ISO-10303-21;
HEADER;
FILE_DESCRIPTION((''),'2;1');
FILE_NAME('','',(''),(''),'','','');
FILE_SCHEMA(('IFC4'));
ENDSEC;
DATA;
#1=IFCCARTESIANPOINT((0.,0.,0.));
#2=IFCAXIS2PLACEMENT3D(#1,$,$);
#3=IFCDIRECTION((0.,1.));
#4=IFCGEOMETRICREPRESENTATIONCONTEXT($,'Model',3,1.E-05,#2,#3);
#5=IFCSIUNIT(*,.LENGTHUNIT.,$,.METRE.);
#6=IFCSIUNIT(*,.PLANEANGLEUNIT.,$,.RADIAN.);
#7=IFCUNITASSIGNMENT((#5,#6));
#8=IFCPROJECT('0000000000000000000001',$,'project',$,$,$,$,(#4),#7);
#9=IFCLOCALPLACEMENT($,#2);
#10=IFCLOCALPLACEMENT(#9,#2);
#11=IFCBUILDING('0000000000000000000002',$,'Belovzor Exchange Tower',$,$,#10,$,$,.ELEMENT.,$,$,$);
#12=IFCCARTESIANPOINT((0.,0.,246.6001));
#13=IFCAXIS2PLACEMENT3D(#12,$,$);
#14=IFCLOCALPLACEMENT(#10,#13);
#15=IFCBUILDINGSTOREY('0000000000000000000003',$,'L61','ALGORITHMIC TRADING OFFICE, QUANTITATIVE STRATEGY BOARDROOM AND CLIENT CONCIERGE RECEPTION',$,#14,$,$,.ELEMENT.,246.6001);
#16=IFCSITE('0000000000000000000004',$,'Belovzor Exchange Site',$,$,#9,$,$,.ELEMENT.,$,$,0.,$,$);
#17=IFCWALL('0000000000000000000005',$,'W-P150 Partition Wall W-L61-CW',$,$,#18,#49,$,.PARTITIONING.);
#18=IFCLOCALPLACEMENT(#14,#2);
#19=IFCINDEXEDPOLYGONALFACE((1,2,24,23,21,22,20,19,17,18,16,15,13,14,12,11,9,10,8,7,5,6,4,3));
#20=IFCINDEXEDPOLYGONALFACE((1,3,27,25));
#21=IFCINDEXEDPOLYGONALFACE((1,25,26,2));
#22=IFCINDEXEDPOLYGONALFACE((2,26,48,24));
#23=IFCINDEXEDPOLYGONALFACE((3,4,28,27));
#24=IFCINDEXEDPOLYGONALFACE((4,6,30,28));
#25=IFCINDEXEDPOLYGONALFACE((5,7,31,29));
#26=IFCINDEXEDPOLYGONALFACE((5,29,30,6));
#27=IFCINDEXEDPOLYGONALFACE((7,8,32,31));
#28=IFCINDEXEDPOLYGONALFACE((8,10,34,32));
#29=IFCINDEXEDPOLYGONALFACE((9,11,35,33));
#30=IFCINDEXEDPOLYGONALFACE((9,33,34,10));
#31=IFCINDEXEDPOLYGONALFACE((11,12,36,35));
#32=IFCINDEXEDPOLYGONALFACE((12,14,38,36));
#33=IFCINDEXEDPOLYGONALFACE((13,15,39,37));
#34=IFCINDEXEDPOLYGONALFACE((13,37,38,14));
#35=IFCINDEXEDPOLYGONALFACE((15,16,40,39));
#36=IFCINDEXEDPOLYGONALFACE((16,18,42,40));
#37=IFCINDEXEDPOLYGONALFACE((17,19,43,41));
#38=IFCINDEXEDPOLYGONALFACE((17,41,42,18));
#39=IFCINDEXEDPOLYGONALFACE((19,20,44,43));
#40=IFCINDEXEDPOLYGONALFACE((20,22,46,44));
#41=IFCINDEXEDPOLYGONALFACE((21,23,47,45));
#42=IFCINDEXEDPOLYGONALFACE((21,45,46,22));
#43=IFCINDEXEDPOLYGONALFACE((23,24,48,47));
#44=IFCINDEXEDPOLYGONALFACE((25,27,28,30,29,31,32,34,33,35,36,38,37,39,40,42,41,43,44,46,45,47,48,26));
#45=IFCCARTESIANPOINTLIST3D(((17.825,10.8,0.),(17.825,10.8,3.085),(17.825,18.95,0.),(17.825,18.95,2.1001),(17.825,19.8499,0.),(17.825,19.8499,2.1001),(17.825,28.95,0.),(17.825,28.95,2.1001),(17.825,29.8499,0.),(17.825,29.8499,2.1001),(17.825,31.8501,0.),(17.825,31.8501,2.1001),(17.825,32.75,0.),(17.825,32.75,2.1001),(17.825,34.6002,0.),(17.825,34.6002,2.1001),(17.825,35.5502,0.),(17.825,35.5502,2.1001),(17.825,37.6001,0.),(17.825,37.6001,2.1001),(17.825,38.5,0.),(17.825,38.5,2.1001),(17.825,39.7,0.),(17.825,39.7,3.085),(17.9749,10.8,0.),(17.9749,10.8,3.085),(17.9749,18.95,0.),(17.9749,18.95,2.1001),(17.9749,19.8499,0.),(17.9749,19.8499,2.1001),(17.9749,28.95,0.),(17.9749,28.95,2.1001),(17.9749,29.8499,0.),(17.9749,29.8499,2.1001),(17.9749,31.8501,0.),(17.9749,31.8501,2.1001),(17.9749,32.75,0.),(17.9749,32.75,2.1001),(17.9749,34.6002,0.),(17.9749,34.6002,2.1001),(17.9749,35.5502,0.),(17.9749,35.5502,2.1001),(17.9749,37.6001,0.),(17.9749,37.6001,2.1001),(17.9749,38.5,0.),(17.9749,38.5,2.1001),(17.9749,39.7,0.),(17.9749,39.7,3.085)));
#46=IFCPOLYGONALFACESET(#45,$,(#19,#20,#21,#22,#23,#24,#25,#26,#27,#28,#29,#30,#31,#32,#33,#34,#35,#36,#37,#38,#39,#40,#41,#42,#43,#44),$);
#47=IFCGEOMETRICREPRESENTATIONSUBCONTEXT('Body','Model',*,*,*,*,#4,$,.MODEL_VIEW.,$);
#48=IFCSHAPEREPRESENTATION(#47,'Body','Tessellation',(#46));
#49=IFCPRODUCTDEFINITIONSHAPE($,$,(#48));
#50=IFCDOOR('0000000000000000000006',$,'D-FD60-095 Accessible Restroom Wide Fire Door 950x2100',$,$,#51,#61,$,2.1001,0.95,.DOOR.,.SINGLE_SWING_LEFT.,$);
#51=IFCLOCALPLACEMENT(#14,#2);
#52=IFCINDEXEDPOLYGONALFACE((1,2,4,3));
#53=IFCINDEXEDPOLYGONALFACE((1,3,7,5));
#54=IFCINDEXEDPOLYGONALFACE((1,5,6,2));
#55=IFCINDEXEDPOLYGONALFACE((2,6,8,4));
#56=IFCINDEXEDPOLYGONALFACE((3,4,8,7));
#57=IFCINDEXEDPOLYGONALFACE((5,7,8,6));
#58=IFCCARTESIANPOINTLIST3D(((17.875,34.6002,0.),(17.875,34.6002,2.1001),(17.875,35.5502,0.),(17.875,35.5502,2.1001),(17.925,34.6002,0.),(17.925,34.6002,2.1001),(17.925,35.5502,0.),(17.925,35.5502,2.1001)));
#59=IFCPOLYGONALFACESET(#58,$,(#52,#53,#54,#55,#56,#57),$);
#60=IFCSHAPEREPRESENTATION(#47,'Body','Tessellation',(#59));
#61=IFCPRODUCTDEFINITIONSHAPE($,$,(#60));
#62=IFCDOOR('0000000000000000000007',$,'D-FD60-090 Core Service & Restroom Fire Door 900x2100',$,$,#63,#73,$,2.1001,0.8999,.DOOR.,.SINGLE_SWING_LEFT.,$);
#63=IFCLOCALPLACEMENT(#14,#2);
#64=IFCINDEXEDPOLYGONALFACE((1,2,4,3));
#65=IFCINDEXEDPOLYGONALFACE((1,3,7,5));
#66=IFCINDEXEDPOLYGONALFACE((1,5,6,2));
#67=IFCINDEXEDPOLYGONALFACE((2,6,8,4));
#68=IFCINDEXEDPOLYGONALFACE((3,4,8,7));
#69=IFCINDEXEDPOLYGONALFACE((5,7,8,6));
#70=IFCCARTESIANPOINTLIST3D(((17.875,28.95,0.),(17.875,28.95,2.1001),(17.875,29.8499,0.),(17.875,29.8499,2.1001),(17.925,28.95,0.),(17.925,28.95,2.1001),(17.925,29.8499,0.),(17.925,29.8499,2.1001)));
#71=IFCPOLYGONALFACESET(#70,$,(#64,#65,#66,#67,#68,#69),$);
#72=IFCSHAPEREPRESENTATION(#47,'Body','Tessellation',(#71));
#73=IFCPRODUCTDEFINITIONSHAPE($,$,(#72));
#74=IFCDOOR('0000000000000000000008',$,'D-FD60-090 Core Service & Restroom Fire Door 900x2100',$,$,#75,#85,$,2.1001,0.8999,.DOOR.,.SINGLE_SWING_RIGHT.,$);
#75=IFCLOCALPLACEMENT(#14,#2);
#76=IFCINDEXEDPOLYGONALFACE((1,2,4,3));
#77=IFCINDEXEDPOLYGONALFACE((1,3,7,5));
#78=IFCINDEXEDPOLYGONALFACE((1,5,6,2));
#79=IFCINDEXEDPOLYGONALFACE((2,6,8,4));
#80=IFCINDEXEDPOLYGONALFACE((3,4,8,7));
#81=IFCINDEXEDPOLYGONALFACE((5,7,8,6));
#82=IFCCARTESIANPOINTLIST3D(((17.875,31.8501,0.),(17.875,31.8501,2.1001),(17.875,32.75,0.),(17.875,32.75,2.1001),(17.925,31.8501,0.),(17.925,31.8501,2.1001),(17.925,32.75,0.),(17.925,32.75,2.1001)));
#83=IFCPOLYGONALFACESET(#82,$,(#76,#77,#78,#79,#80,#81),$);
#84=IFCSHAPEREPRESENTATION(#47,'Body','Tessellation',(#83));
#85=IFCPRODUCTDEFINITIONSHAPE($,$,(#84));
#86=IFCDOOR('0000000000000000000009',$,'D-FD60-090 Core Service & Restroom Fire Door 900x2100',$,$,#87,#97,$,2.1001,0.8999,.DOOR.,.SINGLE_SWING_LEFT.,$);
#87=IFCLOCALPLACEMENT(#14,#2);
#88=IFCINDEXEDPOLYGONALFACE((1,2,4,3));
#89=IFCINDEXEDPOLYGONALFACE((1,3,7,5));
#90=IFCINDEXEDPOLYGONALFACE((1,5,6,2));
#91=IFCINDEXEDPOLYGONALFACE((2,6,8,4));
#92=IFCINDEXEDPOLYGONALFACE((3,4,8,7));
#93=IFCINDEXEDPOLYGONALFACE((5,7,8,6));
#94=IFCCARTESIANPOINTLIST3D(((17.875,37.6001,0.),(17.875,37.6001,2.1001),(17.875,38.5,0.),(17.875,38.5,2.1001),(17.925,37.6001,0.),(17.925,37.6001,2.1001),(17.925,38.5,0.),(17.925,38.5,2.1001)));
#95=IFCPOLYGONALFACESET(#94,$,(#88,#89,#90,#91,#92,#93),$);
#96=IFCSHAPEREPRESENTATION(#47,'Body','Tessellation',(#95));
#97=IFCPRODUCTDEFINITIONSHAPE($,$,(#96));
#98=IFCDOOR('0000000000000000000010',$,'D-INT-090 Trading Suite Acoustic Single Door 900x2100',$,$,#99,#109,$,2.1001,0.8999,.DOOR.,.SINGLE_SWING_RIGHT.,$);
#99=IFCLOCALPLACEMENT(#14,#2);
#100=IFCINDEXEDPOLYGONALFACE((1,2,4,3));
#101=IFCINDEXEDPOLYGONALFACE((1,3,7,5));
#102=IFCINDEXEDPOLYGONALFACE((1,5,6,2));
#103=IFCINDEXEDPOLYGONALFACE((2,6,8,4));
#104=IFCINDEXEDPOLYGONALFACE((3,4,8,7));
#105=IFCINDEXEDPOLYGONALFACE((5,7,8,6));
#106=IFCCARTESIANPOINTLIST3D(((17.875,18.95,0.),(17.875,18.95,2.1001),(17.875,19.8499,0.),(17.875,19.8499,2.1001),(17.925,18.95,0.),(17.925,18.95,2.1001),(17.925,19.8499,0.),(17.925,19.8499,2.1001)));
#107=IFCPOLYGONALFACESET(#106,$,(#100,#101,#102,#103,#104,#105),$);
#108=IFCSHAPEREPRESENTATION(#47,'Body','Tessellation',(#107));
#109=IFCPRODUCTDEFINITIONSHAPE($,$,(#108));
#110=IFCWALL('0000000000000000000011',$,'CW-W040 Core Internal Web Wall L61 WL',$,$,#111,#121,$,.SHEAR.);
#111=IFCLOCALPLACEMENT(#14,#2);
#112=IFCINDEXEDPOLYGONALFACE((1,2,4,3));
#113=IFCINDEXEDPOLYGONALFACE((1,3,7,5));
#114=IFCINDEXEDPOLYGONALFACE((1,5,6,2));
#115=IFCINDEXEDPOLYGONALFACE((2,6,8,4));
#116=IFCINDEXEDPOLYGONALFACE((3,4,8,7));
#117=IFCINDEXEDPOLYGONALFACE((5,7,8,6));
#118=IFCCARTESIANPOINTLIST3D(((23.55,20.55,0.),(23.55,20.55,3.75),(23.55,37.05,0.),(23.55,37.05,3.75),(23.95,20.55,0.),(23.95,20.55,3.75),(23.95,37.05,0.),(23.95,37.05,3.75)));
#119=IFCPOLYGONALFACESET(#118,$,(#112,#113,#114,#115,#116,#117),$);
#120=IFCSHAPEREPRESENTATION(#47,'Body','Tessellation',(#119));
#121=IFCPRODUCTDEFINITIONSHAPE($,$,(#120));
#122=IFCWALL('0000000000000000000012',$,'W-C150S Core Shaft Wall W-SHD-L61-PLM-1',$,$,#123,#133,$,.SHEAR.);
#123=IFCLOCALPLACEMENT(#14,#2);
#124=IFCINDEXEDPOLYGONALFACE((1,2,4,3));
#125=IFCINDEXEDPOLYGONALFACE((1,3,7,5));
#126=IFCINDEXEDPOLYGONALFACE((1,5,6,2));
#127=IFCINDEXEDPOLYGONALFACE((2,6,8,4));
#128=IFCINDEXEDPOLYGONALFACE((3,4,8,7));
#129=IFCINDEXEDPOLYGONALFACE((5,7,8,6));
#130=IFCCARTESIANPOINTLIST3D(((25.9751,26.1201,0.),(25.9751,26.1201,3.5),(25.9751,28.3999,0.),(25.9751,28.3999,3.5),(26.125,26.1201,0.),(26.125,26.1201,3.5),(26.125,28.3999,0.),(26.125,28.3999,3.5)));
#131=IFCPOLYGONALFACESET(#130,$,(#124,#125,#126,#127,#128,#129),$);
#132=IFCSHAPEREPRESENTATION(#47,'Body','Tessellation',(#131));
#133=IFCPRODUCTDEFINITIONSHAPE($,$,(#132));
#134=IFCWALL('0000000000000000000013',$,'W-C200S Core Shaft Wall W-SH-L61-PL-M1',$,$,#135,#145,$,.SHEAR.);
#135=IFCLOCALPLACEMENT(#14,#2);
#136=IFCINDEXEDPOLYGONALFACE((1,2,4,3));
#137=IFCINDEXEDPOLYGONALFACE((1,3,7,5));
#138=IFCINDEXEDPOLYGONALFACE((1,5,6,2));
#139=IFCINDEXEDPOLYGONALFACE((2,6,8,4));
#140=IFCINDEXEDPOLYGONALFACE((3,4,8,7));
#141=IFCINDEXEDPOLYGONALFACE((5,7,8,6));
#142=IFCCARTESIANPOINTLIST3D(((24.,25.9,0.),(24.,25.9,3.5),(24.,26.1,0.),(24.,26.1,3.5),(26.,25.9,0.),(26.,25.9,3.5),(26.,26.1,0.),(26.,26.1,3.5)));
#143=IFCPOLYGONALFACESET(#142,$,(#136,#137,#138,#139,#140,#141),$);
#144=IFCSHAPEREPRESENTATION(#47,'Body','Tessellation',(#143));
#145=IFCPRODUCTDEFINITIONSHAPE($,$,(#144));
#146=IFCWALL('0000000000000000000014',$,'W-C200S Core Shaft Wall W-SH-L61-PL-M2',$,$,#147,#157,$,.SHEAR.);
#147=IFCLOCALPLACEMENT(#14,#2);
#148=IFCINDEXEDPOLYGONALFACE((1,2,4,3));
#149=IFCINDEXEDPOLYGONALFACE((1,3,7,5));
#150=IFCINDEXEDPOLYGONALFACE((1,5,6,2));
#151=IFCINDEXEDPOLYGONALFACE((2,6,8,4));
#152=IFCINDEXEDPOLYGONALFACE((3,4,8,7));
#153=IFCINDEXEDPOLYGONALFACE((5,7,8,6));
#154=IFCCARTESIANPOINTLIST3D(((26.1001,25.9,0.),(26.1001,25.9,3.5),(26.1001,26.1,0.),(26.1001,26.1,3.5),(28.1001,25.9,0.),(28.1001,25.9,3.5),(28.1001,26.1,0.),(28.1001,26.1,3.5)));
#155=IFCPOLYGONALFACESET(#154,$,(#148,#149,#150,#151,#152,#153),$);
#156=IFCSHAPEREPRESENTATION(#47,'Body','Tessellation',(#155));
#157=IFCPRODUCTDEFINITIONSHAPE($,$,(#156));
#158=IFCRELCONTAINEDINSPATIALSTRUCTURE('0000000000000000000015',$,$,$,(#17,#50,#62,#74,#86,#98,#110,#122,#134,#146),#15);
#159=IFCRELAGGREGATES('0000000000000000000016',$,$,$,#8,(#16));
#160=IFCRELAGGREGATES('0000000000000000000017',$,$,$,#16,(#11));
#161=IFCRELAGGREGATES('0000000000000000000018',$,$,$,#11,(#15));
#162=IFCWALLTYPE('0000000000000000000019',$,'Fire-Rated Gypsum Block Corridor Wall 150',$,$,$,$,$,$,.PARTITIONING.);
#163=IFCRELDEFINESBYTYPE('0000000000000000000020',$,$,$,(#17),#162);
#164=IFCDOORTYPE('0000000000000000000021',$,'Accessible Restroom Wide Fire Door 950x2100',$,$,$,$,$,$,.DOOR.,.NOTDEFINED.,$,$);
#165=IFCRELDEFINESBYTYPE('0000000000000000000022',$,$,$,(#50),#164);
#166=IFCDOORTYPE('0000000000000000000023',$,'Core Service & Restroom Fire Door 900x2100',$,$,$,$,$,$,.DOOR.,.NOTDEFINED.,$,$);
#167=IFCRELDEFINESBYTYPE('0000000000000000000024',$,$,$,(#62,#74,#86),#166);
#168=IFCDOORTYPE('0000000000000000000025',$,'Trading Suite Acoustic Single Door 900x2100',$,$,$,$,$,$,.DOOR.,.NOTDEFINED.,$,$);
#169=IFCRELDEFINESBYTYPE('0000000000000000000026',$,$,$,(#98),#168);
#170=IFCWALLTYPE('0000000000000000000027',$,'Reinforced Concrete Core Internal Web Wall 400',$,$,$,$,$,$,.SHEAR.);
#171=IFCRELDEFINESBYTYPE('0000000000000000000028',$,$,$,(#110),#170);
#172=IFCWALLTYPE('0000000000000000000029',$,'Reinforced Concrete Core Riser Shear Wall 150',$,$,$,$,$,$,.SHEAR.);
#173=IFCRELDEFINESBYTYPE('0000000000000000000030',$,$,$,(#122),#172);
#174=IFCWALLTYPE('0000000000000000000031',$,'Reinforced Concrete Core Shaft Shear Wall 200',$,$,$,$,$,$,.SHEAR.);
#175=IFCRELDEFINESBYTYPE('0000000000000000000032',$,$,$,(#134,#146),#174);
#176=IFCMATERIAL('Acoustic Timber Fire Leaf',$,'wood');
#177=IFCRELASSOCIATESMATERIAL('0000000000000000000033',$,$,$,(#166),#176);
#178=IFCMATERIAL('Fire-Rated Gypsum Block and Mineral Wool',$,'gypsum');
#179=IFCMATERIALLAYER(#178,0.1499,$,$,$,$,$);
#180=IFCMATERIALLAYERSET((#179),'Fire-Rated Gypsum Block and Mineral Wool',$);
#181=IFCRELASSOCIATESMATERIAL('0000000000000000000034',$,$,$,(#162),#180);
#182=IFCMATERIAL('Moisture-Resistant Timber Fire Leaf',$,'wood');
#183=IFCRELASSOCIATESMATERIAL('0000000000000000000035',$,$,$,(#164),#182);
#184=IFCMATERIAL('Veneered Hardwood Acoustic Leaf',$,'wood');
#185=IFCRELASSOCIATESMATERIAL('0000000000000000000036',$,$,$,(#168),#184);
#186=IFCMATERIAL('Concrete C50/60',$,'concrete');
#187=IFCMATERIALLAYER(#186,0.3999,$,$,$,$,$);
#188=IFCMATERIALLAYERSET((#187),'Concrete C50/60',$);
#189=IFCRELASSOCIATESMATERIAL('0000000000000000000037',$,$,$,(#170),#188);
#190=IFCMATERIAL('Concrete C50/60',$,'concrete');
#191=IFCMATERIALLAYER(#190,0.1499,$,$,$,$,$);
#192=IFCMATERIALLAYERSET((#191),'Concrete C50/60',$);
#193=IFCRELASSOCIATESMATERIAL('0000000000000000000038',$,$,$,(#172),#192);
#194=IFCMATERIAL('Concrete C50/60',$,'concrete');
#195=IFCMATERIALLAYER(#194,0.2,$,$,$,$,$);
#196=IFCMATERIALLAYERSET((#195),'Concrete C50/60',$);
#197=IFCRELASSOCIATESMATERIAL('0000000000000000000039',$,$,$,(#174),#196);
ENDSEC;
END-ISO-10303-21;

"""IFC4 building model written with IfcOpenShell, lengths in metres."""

from ifc_helpers import new_model, si_unit, direction, frame, frame_2d, origin, place, context, subcontext, project, spatial, rectangle, extrude, material, layer, layer_set, type_object, element, fill, save


model = new_model("IFC4")

# Units and contexts
model_context = context("Model", 3, precision=1e-05, world=origin(), true_north=direction((0.0, 1.0)))
body_context = subcontext(model_context, "Body", "Model", "MODEL_VIEW")
ifc_project = project(units=[si_unit("LENGTHUNIT", "METRE"), si_unit("PLANEANGLEUNIT", "RADIAN")], contexts=[model_context])

# Site, building, storey
site_placement = place(None, origin())
site = spatial("IfcSite", under=ifc_project, at=site_placement, Name="Belovzor Exchange Site", CompositionType="ELEMENT", RefElevation=0.0)
building_placement = place(site_placement, origin())
building = spatial("IfcBuilding", under=site, at=building_placement, Name="Belovzor Exchange Tower", CompositionType="ELEMENT")
storey_placement = place(building_placement, frame((0.0, 0.0, 246.6001)))
storey = spatial("IfcBuildingStorey", under=building, at=storey_placement, Name="L61", Description="ALGORITHMIC TRADING OFFICE, QUANTITATIVE STRATEGY BOARDROOM AND CLIENT CONCIERGE RECEPTION", CompositionType="ELEMENT", Elevation=246.6001)

# Shared definitions
ifc_material_1 = material(Name="Acoustic Timber Fire Leaf", Category="wood")
door_type_1 = type_object("IfcDoorType", Name="Core Service & Restroom Fire Door 900x2100", OperationType="NOTDEFINED", PredefinedType="DOOR", material=ifc_material_1)

# Wall, openings, doors
ifc_material_2 = material(Name="Fire-Rated Gypsum Block and Mineral Wool", Category="gypsum")
ifc_layer_1 = layer(ifc_material_2, 0.1499)
ifc_layer_set_1 = layer_set([ifc_layer_1], Name="Fire-Rated Gypsum Block and Mineral Wool")
wall_type_1 = type_object("IfcWallType", Name="Fire-Rated Gypsum Block Corridor Wall 150", PredefinedType="PARTITIONING", material=ifc_layer_set_1)
wall_1_placement = place(storey_placement, frame((17.8999, 10.8, 0.0), z_axis=(0.0, 0.0, 1.0), x_axis=(0.0, 1.0, 0.0)))
wall_1 = element("IfcWall", 1, at=wall_1_placement, inside=storey, type_object=wall_type_1, Name="W-P150 Partition Wall W-L61-CW", PredefinedType="PARTITIONING", context=body_context, shape_type="SweptSolid", body=[
    extrude(rectangle(XDim=28.8999, YDim=0.1499, at=frame_2d((14.45, 0.0))), origin(), (0.0, 0.0, 1.0), 3.085),
])
opening_1_placement = place(wall_1_placement, frame((8.1499, 0.0, 0.0)))
opening_1 = element("IfcOpeningElement", 2, at=opening_1_placement, cuts=wall_1, PredefinedType="OPENING", context=body_context, shape_type="SweptSolid", body=[
    extrude(rectangle(XDim=0.8999, YDim=2.1001, at=frame_2d((0.45, 1.05))), frame((0.0, 0.085, 0.0), z_axis=(0.0, -1.0, 0.0), x_axis=(1.0, 0.0, 0.0)), (0.0, 0.0, 1.0), 0.1699),
])
opening_2_placement = place(wall_1_placement, frame((18.1499, 0.0, 0.0)))
opening_2 = element("IfcOpeningElement", 3, at=opening_2_placement, cuts=wall_1, PredefinedType="OPENING", context=body_context, shape_type="SweptSolid", body=[
    extrude(rectangle(XDim=0.8999, YDim=2.1001, at=frame_2d((0.45, 1.05))), frame((0.0, 0.085, 0.0), z_axis=(0.0, -1.0, 0.0), x_axis=(1.0, 0.0, 0.0)), (0.0, 0.0, 1.0), 0.1699),
])
opening_3_placement = place(wall_1_placement, frame((21.05, 0.0, 0.0)))
opening_3 = element("IfcOpeningElement", 4, at=opening_3_placement, cuts=wall_1, PredefinedType="OPENING", context=body_context, shape_type="SweptSolid", body=[
    extrude(rectangle(XDim=0.8999, YDim=2.1001, at=frame_2d((0.45, 1.05))), frame((0.0, 0.085, 0.0), z_axis=(0.0, -1.0, 0.0), x_axis=(1.0, 0.0, 0.0)), (0.0, 0.0, 1.0), 0.1699),
])
opening_4_placement = place(wall_1_placement, frame((23.8, 0.0, 0.0)))
opening_4 = element("IfcOpeningElement", 5, at=opening_4_placement, cuts=wall_1, PredefinedType="OPENING", context=body_context, shape_type="SweptSolid", body=[
    extrude(rectangle(XDim=0.95, YDim=2.1001, at=frame_2d((0.4751, 1.05))), frame((0.0, 0.085, 0.0), z_axis=(0.0, -1.0, 0.0), x_axis=(1.0, 0.0, 0.0)), (0.0, 0.0, 1.0), 0.1699),
])
opening_5_placement = place(wall_1_placement, frame((26.8, 0.0, 0.0)))
opening_5 = element("IfcOpeningElement", 6, at=opening_5_placement, cuts=wall_1, PredefinedType="OPENING", context=body_context, shape_type="SweptSolid", body=[
    extrude(rectangle(XDim=0.8999, YDim=2.1001, at=frame_2d((0.45, 1.05))), frame((0.0, 0.085, 0.0), z_axis=(0.0, -1.0, 0.0), x_axis=(1.0, 0.0, 0.0)), (0.0, 0.0, 1.0), 0.1699),
])
ifc_material_3 = material(Name="Moisture-Resistant Timber Fire Leaf", Category="wood")
door_type_2 = type_object("IfcDoorType", Name="Accessible Restroom Wide Fire Door 950x2100", OperationType="NOTDEFINED", PredefinedType="DOOR", material=ifc_material_3)
door_1_placement = place(opening_4_placement, origin())
door_1 = element("IfcDoor", 7, at=door_1_placement, inside=storey, type_object=door_type_2, Name="D-FD60-095 Accessible Restroom Wide Fire Door 950x2100", OperationType="SINGLE_SWING_LEFT", OverallHeight=2.1001, OverallWidth=0.95, PredefinedType="DOOR", context=body_context, shape_type="SweptSolid", body=[
    extrude(rectangle(XDim=0.95, YDim=2.1001, at=frame_2d((0.4751, 1.05))), frame((0.0, 0.0249, 0.0), z_axis=(0.0, -1.0, 0.0), x_axis=(1.0, 0.0, 0.0)), (0.0, 0.0, 1.0), 0.05),
])
fill(opening_4, door_1)
door_2_placement = place(opening_2_placement, origin())
door_2 = element("IfcDoor", 8, at=door_2_placement, inside=storey, type_object=door_type_1, Name="D-FD60-090 Core Service & Restroom Fire Door 900x2100", OperationType="SINGLE_SWING_LEFT", OverallHeight=2.1001, OverallWidth=0.8999, PredefinedType="DOOR", context=body_context, shape_type="SweptSolid", body=[
    extrude(rectangle(XDim=0.8999, YDim=2.1001, at=frame_2d((0.45, 1.05))), frame((0.0, 0.0249, 0.0), z_axis=(0.0, -1.0, 0.0), x_axis=(1.0, 0.0, 0.0)), (0.0, 0.0, 1.0), 0.05),
])
fill(opening_2, door_2)
door_3_placement = place(opening_3_placement, origin())
door_3 = element("IfcDoor", 9, at=door_3_placement, inside=storey, type_object=door_type_1, Name="D-FD60-090 Core Service & Restroom Fire Door 900x2100", OperationType="SINGLE_SWING_RIGHT", OverallHeight=2.1001, OverallWidth=0.8999, PredefinedType="DOOR", context=body_context, shape_type="SweptSolid", body=[
    extrude(rectangle(XDim=0.8999, YDim=2.1001, at=frame_2d((0.45, 1.05))), frame((0.0, 0.0249, 0.0), z_axis=(0.0, -1.0, 0.0), x_axis=(1.0, 0.0, 0.0)), (0.0, 0.0, 1.0), 0.05),
])
fill(opening_3, door_3)
door_4_placement = place(opening_5_placement, origin())
door_4 = element("IfcDoor", 10, at=door_4_placement, inside=storey, type_object=door_type_1, Name="D-FD60-090 Core Service & Restroom Fire Door 900x2100", OperationType="SINGLE_SWING_LEFT", OverallHeight=2.1001, OverallWidth=0.8999, PredefinedType="DOOR", context=body_context, shape_type="SweptSolid", body=[
    extrude(rectangle(XDim=0.8999, YDim=2.1001, at=frame_2d((0.45, 1.05))), frame((0.0, 0.0249, 0.0), z_axis=(0.0, -1.0, 0.0), x_axis=(1.0, 0.0, 0.0)), (0.0, 0.0, 1.0), 0.05),
])
fill(opening_5, door_4)
ifc_material_4 = material(Name="Veneered Hardwood Acoustic Leaf", Category="wood")
door_type_3 = type_object("IfcDoorType", Name="Trading Suite Acoustic Single Door 900x2100", OperationType="NOTDEFINED", PredefinedType="DOOR", material=ifc_material_4)
door_5_placement = place(opening_1_placement, origin())
door_5 = element("IfcDoor", 11, at=door_5_placement, inside=storey, type_object=door_type_3, Name="D-INT-090 Trading Suite Acoustic Single Door 900x2100", OperationType="SINGLE_SWING_RIGHT", OverallHeight=2.1001, OverallWidth=0.8999, PredefinedType="DOOR", context=body_context, shape_type="SweptSolid", body=[
    extrude(rectangle(XDim=0.8999, YDim=2.1001, at=frame_2d((0.45, 1.05))), frame((0.0, 0.0249, 0.0), z_axis=(0.0, -1.0, 0.0), x_axis=(1.0, 0.0, 0.0)), (0.0, 0.0, 1.0), 0.05),
])
fill(opening_1, door_5)

# Walls
ifc_material_5 = material(Name="Concrete C50/60", Category="concrete")
ifc_layer_2 = layer(ifc_material_5, 0.3999)
ifc_layer_set_2 = layer_set([ifc_layer_2], Name="Concrete C50/60")
wall_type_2 = type_object("IfcWallType", Name="Reinforced Concrete Core Internal Web Wall 400", PredefinedType="SHEAR", material=ifc_layer_set_2)
wall_2_placement = place(storey_placement, frame((23.75, 20.55, 0.0), z_axis=(0.0, 0.0, 1.0), x_axis=(0.0, 1.0, 0.0)))
element("IfcWall", 12, at=wall_2_placement, inside=storey, type_object=wall_type_2, Name="CW-W040 Core Internal Web Wall L61 WL", PredefinedType="SHEAR", context=body_context, shape_type="SweptSolid", body=[
    extrude(rectangle(XDim=16.5, YDim=0.3999, at=frame_2d((8.25, 0.0))), origin(), (0.0, 0.0, 1.0), 3.75),
])
ifc_material_6 = material(Name="Concrete C50/60", Category="concrete")
ifc_layer_3 = layer(ifc_material_6, 0.1499)
ifc_layer_set_3 = layer_set([ifc_layer_3], Name="Concrete C50/60")
wall_type_3 = type_object("IfcWallType", Name="Reinforced Concrete Core Riser Shear Wall 150", PredefinedType="SHEAR", material=ifc_layer_set_3)
wall_3_placement = place(storey_placement, frame((26.05, 26.1201, 0.0), z_axis=(0.0, 0.0, 1.0), x_axis=(0.0, 1.0, 0.0)))
element("IfcWall", 13, at=wall_3_placement, inside=storey, type_object=wall_type_3, Name="W-C150S Core Shaft Wall W-SHD-L61-PLM-1", PredefinedType="SHEAR", context=body_context, shape_type="SweptSolid", body=[
    extrude(rectangle(XDim=2.2798, YDim=0.1499, at=frame_2d((1.1399, 0.0))), origin(), (0.0, 0.0, 1.0), 3.5),
])
ifc_material_7 = material(Name="Concrete C50/60", Category="concrete")
ifc_layer_4 = layer(ifc_material_7, 0.2)
ifc_layer_set_4 = layer_set([ifc_layer_4], Name="Concrete C50/60")
wall_type_4 = type_object("IfcWallType", Name="Reinforced Concrete Core Shaft Shear Wall 200", PredefinedType="SHEAR", material=ifc_layer_set_4)
for number, where, z_axis, x_axis, name in (
    (14, (24.0, 26.0, 0.0), (0.0, 0.0, 1.0), (1.0, 0.0, 0.0), "W-C200S Core Shaft Wall W-SH-L61-PL-M1"),
    (15, (26.1001, 26.0, 0.0), (0.0, 0.0, 1.0), (1.0, 0.0, 0.0), "W-C200S Core Shaft Wall W-SH-L61-PL-M2"),
):
    element("IfcWall", number, at=place(storey_placement, frame(where, z_axis=z_axis, x_axis=x_axis)), inside=storey, type_object=wall_type_4, Name=name, PredefinedType="SHEAR", context=body_context, shape_type="SweptSolid", body=[
        extrude(rectangle(XDim=2.0, YDim=0.2, at=frame_2d((1.0, 0.0))), origin(), (0.0, 0.0, 1.0), 3.5),
    ])

save(model, "model.ifc")
